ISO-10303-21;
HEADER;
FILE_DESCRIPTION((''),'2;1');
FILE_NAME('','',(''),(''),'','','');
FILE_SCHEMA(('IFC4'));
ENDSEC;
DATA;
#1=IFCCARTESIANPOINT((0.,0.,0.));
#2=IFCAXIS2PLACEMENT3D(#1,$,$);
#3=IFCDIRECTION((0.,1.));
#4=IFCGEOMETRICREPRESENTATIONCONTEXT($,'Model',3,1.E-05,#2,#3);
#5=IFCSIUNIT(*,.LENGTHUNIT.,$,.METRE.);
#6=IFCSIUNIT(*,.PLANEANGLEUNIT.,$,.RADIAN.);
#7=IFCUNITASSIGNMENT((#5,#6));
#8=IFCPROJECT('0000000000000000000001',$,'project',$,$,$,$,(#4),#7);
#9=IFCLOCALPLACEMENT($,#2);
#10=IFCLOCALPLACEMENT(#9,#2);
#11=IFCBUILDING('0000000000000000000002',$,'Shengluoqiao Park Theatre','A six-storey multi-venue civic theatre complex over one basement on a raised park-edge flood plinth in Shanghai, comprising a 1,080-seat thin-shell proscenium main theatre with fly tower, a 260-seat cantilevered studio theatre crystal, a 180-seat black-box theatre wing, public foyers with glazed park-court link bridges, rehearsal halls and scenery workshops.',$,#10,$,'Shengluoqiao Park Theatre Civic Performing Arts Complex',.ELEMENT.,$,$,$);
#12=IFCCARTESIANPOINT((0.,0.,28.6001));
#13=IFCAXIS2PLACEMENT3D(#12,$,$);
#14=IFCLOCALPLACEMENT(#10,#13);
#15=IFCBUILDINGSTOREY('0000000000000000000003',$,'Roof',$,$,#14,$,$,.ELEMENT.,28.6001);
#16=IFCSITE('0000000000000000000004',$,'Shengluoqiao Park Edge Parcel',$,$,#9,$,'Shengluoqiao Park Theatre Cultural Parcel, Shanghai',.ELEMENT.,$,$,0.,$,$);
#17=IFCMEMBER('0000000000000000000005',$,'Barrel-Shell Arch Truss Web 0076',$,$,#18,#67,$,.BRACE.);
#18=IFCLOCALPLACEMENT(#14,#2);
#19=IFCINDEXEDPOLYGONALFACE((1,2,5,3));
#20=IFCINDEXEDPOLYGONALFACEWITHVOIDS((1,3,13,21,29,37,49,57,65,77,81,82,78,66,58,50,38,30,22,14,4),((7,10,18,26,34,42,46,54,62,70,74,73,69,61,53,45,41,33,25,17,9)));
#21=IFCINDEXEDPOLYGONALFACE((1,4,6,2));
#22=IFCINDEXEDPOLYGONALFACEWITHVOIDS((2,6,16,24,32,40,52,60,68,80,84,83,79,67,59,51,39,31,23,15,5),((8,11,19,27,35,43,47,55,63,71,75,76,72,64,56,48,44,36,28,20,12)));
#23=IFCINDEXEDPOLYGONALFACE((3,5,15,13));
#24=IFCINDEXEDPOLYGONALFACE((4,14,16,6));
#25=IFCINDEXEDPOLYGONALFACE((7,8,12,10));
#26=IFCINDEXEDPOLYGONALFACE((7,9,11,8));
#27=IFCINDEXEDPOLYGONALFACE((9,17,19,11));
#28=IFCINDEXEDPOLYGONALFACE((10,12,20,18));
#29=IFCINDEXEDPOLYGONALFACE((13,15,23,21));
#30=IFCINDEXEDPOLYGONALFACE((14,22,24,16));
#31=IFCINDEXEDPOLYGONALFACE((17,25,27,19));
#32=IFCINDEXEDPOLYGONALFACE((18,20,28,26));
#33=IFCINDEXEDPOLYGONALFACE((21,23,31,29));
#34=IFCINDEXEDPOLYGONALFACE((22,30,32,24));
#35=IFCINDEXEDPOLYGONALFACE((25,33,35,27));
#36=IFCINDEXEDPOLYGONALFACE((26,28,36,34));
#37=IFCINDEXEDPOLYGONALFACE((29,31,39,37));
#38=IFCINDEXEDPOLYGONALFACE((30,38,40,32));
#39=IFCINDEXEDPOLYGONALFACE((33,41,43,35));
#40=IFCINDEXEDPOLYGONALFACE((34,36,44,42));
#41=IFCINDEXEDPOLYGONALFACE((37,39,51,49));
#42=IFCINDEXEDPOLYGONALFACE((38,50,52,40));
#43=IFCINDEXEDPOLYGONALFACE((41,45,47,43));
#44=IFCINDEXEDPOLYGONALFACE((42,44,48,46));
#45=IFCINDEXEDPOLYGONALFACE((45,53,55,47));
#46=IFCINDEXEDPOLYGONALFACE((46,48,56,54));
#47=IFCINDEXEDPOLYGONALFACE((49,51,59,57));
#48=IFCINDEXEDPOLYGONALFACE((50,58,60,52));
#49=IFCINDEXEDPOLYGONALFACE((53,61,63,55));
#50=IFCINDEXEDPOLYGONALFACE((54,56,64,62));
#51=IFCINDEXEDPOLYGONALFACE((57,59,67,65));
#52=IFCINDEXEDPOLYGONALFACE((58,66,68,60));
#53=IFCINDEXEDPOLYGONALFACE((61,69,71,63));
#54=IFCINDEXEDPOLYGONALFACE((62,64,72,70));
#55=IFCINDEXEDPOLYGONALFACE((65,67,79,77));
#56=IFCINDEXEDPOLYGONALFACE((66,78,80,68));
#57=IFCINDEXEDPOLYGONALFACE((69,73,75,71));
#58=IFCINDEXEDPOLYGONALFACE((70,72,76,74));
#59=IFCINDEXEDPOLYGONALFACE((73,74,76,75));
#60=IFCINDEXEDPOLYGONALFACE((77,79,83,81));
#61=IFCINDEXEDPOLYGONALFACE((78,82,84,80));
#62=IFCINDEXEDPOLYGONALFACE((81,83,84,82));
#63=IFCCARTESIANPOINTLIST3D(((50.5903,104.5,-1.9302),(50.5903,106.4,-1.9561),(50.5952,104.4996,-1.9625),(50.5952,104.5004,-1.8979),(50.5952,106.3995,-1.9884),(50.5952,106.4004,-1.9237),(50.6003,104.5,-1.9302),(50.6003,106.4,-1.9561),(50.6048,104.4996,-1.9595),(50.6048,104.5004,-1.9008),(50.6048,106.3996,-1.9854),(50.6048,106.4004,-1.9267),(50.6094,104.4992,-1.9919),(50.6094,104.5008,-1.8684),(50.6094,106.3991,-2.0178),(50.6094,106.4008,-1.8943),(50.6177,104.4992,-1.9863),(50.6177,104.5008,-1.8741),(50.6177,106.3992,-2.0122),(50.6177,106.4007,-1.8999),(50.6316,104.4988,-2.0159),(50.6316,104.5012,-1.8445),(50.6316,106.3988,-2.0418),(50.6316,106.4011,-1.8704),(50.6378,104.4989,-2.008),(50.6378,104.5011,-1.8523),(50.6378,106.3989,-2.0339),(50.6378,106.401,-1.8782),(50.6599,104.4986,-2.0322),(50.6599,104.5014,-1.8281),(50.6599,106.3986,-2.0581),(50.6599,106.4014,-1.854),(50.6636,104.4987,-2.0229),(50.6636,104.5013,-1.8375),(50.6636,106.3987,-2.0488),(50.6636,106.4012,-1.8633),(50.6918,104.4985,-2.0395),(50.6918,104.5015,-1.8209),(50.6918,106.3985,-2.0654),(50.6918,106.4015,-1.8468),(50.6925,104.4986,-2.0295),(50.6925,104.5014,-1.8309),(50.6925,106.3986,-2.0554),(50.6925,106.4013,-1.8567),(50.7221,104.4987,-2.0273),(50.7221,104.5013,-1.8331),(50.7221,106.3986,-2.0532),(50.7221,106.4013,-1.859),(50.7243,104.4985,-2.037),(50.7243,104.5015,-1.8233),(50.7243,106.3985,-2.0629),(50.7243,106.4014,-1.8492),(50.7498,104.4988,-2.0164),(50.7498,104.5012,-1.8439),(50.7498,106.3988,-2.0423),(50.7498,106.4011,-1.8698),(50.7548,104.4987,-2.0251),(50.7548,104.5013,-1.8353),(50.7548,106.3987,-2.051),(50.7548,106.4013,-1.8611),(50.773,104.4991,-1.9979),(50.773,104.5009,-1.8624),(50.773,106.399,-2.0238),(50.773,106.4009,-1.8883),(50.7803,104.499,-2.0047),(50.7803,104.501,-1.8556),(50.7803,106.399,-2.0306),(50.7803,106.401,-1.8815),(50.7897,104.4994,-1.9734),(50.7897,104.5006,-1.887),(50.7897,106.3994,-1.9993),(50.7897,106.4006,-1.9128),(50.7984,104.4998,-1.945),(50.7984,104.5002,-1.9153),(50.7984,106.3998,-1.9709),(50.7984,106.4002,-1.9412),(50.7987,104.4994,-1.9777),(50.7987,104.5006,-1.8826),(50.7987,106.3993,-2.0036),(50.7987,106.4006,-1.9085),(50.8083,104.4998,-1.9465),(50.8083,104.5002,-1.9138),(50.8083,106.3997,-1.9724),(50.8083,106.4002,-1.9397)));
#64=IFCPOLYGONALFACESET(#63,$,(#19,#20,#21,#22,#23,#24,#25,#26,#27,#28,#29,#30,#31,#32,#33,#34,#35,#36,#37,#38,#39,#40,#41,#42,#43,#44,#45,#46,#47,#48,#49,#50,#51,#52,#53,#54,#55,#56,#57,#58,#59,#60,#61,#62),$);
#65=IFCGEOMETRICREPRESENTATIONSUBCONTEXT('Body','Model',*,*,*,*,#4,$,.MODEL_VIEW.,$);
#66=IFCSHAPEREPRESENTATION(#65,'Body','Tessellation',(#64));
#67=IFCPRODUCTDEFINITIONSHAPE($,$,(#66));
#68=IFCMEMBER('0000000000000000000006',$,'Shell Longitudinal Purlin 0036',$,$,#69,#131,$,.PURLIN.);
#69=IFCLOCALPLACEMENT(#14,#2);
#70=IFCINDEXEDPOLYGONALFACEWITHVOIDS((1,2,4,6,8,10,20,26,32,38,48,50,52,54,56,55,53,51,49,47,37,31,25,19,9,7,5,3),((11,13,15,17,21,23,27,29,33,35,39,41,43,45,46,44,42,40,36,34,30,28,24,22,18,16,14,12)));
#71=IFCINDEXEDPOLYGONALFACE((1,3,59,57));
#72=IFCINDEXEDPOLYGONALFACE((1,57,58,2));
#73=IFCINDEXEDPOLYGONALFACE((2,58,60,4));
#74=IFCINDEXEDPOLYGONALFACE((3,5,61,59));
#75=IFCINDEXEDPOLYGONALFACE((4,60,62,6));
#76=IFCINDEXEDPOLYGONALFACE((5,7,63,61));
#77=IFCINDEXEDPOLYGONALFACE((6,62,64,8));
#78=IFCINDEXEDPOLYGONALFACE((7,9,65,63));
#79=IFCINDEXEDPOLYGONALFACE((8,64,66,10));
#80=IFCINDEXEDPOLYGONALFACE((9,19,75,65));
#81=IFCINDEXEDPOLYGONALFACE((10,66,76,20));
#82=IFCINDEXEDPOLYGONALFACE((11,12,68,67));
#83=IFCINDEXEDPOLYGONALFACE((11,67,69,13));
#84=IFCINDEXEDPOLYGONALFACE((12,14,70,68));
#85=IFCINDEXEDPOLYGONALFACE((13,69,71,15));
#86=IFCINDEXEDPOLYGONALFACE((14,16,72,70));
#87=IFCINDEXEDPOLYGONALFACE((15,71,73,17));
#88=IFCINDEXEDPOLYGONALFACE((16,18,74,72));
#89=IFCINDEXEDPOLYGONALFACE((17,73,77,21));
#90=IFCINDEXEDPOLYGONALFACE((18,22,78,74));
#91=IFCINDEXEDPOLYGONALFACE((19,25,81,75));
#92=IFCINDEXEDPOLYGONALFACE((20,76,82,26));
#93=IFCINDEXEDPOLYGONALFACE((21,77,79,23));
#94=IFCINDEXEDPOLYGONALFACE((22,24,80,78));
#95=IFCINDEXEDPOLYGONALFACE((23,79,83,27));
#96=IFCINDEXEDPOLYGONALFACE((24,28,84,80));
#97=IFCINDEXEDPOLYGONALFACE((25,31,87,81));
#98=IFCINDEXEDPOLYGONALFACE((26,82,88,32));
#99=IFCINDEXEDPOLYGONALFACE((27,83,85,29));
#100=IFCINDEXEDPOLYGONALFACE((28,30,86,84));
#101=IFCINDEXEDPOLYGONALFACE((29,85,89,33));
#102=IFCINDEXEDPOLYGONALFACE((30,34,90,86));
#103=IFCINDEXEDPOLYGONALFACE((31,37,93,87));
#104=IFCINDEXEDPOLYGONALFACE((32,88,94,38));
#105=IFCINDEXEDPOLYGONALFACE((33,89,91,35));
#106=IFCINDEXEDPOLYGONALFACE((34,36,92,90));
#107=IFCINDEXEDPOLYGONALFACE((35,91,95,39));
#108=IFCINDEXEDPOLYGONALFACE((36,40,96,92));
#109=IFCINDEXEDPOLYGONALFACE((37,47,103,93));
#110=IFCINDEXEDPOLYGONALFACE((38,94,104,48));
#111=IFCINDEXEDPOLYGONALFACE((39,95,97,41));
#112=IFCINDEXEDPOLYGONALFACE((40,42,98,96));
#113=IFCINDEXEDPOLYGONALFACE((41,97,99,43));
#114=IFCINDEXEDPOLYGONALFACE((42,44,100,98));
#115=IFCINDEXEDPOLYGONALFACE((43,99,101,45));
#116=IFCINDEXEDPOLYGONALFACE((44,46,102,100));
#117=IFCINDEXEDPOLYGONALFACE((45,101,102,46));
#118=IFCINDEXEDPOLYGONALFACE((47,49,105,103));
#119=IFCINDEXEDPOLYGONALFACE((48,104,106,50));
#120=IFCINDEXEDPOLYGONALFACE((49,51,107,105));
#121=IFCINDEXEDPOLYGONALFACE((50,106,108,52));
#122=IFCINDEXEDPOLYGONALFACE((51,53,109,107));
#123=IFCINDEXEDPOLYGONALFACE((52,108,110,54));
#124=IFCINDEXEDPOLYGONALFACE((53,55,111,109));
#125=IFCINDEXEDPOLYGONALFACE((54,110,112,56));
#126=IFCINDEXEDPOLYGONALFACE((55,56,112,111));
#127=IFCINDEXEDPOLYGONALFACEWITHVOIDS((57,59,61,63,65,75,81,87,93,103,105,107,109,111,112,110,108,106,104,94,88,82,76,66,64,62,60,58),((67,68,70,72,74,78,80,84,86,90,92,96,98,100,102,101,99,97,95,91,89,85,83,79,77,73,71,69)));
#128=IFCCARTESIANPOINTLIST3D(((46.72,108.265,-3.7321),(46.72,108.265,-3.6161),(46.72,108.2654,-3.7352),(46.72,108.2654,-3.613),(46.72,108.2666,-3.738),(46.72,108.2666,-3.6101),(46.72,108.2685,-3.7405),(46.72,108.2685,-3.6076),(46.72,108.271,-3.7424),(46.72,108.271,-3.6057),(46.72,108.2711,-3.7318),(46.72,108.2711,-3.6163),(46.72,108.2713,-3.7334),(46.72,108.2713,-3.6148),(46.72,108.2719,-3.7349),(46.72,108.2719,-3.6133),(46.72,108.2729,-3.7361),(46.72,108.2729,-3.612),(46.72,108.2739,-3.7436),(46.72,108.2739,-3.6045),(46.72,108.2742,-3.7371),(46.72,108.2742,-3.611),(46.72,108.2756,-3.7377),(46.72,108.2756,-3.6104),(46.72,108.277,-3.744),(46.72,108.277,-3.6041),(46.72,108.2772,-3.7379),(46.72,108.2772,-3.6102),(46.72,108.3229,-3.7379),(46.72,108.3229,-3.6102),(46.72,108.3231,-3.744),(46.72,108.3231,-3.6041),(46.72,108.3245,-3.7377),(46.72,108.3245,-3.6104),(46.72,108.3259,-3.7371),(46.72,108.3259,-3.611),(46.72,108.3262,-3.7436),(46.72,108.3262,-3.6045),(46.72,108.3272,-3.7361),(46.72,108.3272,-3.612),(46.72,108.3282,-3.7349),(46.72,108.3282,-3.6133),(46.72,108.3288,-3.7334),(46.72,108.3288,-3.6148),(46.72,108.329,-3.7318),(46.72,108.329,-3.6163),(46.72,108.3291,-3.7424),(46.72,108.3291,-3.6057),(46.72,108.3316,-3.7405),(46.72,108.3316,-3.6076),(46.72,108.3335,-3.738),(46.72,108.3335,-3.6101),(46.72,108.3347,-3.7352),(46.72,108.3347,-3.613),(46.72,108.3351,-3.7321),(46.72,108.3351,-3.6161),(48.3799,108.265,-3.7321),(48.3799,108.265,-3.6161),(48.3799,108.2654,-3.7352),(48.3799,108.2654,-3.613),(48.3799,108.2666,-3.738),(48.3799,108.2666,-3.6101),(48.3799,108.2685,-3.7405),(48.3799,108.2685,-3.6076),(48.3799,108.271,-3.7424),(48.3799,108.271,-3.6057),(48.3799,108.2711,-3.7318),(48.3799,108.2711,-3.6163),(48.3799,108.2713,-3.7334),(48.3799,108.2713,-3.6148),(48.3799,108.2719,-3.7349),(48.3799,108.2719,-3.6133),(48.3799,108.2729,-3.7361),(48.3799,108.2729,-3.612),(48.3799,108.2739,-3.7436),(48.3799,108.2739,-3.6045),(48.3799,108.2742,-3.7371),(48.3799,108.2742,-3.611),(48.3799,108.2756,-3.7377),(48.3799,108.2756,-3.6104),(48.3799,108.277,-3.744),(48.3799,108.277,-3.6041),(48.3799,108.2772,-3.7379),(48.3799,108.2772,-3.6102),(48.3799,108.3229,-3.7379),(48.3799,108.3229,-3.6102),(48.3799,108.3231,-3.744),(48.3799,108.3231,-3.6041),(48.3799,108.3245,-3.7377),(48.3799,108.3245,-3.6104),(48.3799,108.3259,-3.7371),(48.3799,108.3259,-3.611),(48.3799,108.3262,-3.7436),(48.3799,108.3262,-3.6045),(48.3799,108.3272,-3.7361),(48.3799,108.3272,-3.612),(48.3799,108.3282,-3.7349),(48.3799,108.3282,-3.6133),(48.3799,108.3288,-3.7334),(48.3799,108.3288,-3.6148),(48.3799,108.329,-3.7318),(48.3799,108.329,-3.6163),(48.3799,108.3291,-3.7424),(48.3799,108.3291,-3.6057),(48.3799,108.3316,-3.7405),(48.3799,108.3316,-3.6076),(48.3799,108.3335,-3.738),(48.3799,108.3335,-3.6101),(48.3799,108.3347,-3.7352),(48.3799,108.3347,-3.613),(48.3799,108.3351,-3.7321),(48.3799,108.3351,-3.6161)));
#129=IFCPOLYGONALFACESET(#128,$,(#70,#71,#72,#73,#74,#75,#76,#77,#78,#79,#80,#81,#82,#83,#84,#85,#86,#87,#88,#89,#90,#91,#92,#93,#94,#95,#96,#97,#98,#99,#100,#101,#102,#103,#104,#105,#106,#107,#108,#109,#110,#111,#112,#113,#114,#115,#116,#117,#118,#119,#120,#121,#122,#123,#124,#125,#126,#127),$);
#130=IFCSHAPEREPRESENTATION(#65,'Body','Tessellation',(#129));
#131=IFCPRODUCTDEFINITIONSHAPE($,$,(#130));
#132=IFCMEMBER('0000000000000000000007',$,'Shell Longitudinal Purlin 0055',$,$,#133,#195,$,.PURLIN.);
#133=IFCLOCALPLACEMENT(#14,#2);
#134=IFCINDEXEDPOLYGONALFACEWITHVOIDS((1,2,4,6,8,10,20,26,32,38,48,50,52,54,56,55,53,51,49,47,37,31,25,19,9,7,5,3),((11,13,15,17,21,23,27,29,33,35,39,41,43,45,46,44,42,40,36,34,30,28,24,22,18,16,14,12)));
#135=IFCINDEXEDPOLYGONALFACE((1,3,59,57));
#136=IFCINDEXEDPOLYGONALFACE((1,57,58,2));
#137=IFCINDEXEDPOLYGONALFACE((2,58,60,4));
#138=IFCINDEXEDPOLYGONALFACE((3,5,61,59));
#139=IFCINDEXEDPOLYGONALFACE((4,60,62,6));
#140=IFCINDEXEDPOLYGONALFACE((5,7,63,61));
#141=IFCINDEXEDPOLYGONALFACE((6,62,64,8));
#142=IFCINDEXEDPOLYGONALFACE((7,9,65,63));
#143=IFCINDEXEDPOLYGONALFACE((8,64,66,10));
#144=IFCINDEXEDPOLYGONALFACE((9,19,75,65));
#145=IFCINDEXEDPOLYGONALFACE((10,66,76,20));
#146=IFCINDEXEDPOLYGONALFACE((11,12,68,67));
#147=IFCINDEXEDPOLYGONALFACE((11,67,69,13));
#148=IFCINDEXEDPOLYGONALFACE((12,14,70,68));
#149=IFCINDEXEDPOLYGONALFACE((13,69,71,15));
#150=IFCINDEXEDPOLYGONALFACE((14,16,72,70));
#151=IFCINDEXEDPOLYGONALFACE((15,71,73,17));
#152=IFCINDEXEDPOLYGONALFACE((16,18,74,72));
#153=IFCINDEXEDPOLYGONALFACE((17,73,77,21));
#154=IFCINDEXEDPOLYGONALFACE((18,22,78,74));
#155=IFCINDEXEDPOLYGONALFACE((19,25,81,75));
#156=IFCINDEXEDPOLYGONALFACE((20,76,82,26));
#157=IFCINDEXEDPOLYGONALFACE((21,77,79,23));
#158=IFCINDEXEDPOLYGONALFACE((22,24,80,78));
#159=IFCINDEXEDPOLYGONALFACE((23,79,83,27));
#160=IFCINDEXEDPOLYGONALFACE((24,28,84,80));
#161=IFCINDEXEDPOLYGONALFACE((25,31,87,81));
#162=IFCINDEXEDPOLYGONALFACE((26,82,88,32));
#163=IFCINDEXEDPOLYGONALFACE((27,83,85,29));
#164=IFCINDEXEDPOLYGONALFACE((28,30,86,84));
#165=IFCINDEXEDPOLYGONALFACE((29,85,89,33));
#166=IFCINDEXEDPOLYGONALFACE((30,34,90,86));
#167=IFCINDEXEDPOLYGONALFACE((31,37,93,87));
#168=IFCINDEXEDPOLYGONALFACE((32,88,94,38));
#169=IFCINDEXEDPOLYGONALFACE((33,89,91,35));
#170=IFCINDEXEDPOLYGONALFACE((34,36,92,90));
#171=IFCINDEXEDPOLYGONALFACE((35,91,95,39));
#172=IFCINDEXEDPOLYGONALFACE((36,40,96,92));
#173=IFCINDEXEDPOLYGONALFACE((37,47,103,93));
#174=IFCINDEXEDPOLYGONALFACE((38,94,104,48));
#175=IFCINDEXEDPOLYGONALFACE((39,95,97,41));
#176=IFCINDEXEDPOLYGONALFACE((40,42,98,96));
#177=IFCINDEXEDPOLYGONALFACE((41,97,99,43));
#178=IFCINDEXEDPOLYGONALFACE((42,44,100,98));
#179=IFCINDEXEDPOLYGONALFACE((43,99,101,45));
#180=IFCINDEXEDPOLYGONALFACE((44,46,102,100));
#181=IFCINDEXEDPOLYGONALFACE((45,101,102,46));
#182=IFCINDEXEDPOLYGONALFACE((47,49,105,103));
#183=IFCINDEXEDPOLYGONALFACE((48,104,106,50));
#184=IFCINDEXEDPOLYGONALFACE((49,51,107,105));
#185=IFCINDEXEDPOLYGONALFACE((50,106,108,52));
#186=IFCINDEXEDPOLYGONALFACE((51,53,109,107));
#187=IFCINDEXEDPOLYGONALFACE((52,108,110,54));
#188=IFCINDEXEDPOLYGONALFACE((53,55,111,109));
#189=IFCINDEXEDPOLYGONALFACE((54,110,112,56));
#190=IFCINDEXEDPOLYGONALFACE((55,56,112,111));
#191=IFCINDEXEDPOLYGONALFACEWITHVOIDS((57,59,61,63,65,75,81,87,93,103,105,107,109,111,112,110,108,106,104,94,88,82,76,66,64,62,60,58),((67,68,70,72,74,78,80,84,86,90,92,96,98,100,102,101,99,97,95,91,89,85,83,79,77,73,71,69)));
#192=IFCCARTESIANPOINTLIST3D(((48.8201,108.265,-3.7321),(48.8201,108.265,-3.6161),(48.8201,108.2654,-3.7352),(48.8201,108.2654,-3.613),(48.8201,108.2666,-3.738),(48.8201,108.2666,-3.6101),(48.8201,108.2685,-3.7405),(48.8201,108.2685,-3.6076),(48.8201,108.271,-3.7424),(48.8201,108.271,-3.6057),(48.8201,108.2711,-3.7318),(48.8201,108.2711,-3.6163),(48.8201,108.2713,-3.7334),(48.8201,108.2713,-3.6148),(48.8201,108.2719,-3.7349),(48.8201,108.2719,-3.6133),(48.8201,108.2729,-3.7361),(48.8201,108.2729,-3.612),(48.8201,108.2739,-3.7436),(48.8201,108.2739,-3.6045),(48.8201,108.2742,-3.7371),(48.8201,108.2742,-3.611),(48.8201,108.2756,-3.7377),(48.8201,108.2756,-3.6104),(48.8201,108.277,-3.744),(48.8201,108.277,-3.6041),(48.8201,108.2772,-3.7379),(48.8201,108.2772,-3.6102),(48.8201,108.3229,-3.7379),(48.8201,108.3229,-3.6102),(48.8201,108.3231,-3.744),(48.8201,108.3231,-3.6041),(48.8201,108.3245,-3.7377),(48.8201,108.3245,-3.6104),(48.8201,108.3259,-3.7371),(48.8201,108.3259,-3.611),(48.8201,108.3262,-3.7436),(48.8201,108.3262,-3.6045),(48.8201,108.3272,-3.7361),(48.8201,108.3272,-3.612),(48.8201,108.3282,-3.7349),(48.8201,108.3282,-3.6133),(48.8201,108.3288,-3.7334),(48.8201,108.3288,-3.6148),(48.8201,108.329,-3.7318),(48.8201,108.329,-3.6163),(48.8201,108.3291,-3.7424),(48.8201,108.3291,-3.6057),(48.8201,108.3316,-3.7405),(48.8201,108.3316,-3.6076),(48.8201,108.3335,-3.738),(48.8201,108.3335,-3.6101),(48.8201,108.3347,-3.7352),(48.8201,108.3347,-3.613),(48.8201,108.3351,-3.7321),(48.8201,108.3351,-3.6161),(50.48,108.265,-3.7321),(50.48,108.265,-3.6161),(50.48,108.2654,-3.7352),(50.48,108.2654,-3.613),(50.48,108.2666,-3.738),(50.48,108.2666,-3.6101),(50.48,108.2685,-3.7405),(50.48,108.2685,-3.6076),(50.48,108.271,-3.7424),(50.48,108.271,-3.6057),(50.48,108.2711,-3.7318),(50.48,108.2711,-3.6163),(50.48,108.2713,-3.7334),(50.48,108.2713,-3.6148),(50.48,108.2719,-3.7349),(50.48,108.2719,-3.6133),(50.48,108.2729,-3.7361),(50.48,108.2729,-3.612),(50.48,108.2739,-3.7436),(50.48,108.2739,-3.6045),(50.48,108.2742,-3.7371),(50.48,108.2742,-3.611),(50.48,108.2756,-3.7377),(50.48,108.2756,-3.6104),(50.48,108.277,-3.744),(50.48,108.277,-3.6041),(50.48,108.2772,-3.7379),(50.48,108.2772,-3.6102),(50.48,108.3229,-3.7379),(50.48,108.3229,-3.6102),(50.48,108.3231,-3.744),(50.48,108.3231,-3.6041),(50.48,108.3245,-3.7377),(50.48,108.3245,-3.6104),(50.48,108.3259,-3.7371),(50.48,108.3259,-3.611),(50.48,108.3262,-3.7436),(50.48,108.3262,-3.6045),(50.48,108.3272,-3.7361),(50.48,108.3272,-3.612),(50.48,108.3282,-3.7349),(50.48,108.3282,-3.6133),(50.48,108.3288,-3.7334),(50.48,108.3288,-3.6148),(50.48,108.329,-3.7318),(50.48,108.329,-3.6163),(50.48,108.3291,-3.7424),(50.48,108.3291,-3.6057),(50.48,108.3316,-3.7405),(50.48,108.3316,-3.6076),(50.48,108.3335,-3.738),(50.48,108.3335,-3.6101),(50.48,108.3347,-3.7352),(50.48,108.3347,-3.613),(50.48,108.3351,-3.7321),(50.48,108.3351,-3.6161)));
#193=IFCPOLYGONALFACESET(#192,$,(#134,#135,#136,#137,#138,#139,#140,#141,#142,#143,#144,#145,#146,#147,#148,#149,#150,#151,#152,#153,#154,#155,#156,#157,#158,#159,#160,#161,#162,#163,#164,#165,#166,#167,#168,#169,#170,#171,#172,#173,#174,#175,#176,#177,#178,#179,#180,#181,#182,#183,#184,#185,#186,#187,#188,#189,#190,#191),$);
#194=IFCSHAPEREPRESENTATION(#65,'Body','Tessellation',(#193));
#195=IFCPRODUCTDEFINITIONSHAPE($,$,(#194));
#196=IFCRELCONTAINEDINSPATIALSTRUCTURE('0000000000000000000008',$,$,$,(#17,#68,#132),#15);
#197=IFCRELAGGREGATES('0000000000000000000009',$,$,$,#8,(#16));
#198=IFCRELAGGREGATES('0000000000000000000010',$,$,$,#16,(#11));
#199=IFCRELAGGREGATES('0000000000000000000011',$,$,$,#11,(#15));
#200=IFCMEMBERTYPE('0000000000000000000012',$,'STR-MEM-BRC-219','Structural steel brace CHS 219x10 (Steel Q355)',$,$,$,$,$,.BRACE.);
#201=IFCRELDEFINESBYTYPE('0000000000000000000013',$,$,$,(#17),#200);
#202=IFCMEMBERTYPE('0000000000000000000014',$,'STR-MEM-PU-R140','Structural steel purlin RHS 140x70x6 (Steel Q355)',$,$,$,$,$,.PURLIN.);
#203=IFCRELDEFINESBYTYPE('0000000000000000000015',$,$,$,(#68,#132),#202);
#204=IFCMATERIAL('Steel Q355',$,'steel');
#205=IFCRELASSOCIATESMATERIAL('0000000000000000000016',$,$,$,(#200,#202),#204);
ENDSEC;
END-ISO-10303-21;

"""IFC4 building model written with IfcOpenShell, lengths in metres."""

from ifc_helpers import new_model, si_unit, direction, frame, origin, origin_2d, place, context, subcontext, project, spatial, hollow_rectangle, hollow_circle, extrude, material, material_profile, profile_set, type_object, element, save


model = new_model("IFC4")

# Units and contexts
model_context = context("Model", 3, precision=1e-05, world=origin(), true_north=direction((0.0, 1.0)))
body_context = subcontext(model_context, "Body", "Model", "MODEL_VIEW")
ifc_project = project(units=[si_unit("LENGTHUNIT", "METRE"), si_unit("PLANEANGLEUNIT", "RADIAN")], contexts=[model_context])

# Site, building, storey
site_placement = place(None, origin())
site = spatial("IfcSite", under=ifc_project, at=site_placement, Name="Shengluoqiao Park Edge Parcel", LongName="Shengluoqiao Park Theatre Cultural Parcel, Shanghai", CompositionType="ELEMENT", RefElevation=0.0)
building_placement = place(site_placement, origin())
building = spatial("IfcBuilding", under=site, at=building_placement, Name="Shengluoqiao Park Theatre", Description="A six-storey multi-venue civic theatre complex over one basement on a raised park-edge flood plinth in Shanghai, comprising a 1,080-seat thin-shell proscenium main theatre with fly tower, a 260-seat cantilevered studio theatre crystal, a 180-seat black-box theatre wing, public foyers with glazed park-court link bridges, rehearsal halls and scenery workshops.", LongName="Shengluoqiao Park Theatre Civic Performing Arts Complex", CompositionType="ELEMENT")
storey_placement = place(building_placement, frame((0.0, 0.0, 28.6001)))
storey = spatial("IfcBuildingStorey", under=building, at=storey_placement, Name="Roof", CompositionType="ELEMENT", Elevation=28.6001)

# Shared definitions
ifc_material_1 = material(Name="Steel Q355", Category="steel")

# Members
ifc_material_profile_1 = material_profile(ifc_material_1, hollow_circle(Radius=0.1096, WallThickness=0.01, at=origin_2d()), Name="CHS 219x10")
ifc_profile_set_1 = profile_set([ifc_material_profile_1], Name="Steel Q355")
member_type_1 = type_object("IfcMemberType", Name="STR-MEM-BRC-219", Description="Structural steel brace CHS 219x10 (Steel Q355)", PredefinedType="BRACE", material=ifc_profile_set_1)
member_1_placement = place(storey_placement, frame((50.7, 104.5, -1.9302), z_axis=(0.0, 0.999907, -0.01362), x_axis=(-1.0, 0.0, 0.0)))
element("IfcMember", 1, at=member_1_placement, inside=storey, type_object=member_type_1, Name="Barrel-Shell Arch Truss Web 0076", PredefinedType="BRACE", context=body_context, shape_type="SweptSolid", body=[
    extrude(hollow_circle(Radius=0.1096, WallThickness=0.01, at=origin_2d()), origin(), (0.0, 0.0, 1.0), 1.9001),
])
ifc_material_profile_2 = material_profile(ifc_material_1, hollow_rectangle(XDim=0.0701, YDim=0.1399, WallThickness=0.0061, InnerFilletRadius=0.0061, OuterFilletRadius=0.012, at=origin_2d()), Name="RHS 140x70x6")
ifc_profile_set_2 = profile_set([ifc_material_profile_2], Name="Steel Q355")
member_type_2 = type_object("IfcMemberType", Name="STR-MEM-PU-R140", Description="Structural steel purlin RHS 140x70x6 (Steel Q355)", PredefinedType="PURLIN", material=ifc_profile_set_2)
for number, where, z_axis, x_axis, name in (
    (2, (46.72, 108.3, -3.6741), (1.0, 0.0, 0.0), (0.0, 1.0, 0.0), "Shell Longitudinal Purlin 0036"),
    (3, (48.8201, 108.3, -3.6741), (1.0, 0.0, 0.0), (0.0, 1.0, 0.0), "Shell Longitudinal Purlin 0055"),
):
    element("IfcMember", number, at=place(storey_placement, frame(where, z_axis=z_axis, x_axis=x_axis)), inside=storey, type_object=member_type_2, Name=name, PredefinedType="PURLIN", context=body_context, shape_type="SweptSolid", body=[
        extrude(hollow_rectangle(XDim=0.0701, YDim=0.1399, WallThickness=0.0061, InnerFilletRadius=0.0061, OuterFilletRadius=0.012, at=origin_2d()), origin(), (0.0, 0.0, 1.0), 1.6599),
    ])

save(model, "model.ifc")
